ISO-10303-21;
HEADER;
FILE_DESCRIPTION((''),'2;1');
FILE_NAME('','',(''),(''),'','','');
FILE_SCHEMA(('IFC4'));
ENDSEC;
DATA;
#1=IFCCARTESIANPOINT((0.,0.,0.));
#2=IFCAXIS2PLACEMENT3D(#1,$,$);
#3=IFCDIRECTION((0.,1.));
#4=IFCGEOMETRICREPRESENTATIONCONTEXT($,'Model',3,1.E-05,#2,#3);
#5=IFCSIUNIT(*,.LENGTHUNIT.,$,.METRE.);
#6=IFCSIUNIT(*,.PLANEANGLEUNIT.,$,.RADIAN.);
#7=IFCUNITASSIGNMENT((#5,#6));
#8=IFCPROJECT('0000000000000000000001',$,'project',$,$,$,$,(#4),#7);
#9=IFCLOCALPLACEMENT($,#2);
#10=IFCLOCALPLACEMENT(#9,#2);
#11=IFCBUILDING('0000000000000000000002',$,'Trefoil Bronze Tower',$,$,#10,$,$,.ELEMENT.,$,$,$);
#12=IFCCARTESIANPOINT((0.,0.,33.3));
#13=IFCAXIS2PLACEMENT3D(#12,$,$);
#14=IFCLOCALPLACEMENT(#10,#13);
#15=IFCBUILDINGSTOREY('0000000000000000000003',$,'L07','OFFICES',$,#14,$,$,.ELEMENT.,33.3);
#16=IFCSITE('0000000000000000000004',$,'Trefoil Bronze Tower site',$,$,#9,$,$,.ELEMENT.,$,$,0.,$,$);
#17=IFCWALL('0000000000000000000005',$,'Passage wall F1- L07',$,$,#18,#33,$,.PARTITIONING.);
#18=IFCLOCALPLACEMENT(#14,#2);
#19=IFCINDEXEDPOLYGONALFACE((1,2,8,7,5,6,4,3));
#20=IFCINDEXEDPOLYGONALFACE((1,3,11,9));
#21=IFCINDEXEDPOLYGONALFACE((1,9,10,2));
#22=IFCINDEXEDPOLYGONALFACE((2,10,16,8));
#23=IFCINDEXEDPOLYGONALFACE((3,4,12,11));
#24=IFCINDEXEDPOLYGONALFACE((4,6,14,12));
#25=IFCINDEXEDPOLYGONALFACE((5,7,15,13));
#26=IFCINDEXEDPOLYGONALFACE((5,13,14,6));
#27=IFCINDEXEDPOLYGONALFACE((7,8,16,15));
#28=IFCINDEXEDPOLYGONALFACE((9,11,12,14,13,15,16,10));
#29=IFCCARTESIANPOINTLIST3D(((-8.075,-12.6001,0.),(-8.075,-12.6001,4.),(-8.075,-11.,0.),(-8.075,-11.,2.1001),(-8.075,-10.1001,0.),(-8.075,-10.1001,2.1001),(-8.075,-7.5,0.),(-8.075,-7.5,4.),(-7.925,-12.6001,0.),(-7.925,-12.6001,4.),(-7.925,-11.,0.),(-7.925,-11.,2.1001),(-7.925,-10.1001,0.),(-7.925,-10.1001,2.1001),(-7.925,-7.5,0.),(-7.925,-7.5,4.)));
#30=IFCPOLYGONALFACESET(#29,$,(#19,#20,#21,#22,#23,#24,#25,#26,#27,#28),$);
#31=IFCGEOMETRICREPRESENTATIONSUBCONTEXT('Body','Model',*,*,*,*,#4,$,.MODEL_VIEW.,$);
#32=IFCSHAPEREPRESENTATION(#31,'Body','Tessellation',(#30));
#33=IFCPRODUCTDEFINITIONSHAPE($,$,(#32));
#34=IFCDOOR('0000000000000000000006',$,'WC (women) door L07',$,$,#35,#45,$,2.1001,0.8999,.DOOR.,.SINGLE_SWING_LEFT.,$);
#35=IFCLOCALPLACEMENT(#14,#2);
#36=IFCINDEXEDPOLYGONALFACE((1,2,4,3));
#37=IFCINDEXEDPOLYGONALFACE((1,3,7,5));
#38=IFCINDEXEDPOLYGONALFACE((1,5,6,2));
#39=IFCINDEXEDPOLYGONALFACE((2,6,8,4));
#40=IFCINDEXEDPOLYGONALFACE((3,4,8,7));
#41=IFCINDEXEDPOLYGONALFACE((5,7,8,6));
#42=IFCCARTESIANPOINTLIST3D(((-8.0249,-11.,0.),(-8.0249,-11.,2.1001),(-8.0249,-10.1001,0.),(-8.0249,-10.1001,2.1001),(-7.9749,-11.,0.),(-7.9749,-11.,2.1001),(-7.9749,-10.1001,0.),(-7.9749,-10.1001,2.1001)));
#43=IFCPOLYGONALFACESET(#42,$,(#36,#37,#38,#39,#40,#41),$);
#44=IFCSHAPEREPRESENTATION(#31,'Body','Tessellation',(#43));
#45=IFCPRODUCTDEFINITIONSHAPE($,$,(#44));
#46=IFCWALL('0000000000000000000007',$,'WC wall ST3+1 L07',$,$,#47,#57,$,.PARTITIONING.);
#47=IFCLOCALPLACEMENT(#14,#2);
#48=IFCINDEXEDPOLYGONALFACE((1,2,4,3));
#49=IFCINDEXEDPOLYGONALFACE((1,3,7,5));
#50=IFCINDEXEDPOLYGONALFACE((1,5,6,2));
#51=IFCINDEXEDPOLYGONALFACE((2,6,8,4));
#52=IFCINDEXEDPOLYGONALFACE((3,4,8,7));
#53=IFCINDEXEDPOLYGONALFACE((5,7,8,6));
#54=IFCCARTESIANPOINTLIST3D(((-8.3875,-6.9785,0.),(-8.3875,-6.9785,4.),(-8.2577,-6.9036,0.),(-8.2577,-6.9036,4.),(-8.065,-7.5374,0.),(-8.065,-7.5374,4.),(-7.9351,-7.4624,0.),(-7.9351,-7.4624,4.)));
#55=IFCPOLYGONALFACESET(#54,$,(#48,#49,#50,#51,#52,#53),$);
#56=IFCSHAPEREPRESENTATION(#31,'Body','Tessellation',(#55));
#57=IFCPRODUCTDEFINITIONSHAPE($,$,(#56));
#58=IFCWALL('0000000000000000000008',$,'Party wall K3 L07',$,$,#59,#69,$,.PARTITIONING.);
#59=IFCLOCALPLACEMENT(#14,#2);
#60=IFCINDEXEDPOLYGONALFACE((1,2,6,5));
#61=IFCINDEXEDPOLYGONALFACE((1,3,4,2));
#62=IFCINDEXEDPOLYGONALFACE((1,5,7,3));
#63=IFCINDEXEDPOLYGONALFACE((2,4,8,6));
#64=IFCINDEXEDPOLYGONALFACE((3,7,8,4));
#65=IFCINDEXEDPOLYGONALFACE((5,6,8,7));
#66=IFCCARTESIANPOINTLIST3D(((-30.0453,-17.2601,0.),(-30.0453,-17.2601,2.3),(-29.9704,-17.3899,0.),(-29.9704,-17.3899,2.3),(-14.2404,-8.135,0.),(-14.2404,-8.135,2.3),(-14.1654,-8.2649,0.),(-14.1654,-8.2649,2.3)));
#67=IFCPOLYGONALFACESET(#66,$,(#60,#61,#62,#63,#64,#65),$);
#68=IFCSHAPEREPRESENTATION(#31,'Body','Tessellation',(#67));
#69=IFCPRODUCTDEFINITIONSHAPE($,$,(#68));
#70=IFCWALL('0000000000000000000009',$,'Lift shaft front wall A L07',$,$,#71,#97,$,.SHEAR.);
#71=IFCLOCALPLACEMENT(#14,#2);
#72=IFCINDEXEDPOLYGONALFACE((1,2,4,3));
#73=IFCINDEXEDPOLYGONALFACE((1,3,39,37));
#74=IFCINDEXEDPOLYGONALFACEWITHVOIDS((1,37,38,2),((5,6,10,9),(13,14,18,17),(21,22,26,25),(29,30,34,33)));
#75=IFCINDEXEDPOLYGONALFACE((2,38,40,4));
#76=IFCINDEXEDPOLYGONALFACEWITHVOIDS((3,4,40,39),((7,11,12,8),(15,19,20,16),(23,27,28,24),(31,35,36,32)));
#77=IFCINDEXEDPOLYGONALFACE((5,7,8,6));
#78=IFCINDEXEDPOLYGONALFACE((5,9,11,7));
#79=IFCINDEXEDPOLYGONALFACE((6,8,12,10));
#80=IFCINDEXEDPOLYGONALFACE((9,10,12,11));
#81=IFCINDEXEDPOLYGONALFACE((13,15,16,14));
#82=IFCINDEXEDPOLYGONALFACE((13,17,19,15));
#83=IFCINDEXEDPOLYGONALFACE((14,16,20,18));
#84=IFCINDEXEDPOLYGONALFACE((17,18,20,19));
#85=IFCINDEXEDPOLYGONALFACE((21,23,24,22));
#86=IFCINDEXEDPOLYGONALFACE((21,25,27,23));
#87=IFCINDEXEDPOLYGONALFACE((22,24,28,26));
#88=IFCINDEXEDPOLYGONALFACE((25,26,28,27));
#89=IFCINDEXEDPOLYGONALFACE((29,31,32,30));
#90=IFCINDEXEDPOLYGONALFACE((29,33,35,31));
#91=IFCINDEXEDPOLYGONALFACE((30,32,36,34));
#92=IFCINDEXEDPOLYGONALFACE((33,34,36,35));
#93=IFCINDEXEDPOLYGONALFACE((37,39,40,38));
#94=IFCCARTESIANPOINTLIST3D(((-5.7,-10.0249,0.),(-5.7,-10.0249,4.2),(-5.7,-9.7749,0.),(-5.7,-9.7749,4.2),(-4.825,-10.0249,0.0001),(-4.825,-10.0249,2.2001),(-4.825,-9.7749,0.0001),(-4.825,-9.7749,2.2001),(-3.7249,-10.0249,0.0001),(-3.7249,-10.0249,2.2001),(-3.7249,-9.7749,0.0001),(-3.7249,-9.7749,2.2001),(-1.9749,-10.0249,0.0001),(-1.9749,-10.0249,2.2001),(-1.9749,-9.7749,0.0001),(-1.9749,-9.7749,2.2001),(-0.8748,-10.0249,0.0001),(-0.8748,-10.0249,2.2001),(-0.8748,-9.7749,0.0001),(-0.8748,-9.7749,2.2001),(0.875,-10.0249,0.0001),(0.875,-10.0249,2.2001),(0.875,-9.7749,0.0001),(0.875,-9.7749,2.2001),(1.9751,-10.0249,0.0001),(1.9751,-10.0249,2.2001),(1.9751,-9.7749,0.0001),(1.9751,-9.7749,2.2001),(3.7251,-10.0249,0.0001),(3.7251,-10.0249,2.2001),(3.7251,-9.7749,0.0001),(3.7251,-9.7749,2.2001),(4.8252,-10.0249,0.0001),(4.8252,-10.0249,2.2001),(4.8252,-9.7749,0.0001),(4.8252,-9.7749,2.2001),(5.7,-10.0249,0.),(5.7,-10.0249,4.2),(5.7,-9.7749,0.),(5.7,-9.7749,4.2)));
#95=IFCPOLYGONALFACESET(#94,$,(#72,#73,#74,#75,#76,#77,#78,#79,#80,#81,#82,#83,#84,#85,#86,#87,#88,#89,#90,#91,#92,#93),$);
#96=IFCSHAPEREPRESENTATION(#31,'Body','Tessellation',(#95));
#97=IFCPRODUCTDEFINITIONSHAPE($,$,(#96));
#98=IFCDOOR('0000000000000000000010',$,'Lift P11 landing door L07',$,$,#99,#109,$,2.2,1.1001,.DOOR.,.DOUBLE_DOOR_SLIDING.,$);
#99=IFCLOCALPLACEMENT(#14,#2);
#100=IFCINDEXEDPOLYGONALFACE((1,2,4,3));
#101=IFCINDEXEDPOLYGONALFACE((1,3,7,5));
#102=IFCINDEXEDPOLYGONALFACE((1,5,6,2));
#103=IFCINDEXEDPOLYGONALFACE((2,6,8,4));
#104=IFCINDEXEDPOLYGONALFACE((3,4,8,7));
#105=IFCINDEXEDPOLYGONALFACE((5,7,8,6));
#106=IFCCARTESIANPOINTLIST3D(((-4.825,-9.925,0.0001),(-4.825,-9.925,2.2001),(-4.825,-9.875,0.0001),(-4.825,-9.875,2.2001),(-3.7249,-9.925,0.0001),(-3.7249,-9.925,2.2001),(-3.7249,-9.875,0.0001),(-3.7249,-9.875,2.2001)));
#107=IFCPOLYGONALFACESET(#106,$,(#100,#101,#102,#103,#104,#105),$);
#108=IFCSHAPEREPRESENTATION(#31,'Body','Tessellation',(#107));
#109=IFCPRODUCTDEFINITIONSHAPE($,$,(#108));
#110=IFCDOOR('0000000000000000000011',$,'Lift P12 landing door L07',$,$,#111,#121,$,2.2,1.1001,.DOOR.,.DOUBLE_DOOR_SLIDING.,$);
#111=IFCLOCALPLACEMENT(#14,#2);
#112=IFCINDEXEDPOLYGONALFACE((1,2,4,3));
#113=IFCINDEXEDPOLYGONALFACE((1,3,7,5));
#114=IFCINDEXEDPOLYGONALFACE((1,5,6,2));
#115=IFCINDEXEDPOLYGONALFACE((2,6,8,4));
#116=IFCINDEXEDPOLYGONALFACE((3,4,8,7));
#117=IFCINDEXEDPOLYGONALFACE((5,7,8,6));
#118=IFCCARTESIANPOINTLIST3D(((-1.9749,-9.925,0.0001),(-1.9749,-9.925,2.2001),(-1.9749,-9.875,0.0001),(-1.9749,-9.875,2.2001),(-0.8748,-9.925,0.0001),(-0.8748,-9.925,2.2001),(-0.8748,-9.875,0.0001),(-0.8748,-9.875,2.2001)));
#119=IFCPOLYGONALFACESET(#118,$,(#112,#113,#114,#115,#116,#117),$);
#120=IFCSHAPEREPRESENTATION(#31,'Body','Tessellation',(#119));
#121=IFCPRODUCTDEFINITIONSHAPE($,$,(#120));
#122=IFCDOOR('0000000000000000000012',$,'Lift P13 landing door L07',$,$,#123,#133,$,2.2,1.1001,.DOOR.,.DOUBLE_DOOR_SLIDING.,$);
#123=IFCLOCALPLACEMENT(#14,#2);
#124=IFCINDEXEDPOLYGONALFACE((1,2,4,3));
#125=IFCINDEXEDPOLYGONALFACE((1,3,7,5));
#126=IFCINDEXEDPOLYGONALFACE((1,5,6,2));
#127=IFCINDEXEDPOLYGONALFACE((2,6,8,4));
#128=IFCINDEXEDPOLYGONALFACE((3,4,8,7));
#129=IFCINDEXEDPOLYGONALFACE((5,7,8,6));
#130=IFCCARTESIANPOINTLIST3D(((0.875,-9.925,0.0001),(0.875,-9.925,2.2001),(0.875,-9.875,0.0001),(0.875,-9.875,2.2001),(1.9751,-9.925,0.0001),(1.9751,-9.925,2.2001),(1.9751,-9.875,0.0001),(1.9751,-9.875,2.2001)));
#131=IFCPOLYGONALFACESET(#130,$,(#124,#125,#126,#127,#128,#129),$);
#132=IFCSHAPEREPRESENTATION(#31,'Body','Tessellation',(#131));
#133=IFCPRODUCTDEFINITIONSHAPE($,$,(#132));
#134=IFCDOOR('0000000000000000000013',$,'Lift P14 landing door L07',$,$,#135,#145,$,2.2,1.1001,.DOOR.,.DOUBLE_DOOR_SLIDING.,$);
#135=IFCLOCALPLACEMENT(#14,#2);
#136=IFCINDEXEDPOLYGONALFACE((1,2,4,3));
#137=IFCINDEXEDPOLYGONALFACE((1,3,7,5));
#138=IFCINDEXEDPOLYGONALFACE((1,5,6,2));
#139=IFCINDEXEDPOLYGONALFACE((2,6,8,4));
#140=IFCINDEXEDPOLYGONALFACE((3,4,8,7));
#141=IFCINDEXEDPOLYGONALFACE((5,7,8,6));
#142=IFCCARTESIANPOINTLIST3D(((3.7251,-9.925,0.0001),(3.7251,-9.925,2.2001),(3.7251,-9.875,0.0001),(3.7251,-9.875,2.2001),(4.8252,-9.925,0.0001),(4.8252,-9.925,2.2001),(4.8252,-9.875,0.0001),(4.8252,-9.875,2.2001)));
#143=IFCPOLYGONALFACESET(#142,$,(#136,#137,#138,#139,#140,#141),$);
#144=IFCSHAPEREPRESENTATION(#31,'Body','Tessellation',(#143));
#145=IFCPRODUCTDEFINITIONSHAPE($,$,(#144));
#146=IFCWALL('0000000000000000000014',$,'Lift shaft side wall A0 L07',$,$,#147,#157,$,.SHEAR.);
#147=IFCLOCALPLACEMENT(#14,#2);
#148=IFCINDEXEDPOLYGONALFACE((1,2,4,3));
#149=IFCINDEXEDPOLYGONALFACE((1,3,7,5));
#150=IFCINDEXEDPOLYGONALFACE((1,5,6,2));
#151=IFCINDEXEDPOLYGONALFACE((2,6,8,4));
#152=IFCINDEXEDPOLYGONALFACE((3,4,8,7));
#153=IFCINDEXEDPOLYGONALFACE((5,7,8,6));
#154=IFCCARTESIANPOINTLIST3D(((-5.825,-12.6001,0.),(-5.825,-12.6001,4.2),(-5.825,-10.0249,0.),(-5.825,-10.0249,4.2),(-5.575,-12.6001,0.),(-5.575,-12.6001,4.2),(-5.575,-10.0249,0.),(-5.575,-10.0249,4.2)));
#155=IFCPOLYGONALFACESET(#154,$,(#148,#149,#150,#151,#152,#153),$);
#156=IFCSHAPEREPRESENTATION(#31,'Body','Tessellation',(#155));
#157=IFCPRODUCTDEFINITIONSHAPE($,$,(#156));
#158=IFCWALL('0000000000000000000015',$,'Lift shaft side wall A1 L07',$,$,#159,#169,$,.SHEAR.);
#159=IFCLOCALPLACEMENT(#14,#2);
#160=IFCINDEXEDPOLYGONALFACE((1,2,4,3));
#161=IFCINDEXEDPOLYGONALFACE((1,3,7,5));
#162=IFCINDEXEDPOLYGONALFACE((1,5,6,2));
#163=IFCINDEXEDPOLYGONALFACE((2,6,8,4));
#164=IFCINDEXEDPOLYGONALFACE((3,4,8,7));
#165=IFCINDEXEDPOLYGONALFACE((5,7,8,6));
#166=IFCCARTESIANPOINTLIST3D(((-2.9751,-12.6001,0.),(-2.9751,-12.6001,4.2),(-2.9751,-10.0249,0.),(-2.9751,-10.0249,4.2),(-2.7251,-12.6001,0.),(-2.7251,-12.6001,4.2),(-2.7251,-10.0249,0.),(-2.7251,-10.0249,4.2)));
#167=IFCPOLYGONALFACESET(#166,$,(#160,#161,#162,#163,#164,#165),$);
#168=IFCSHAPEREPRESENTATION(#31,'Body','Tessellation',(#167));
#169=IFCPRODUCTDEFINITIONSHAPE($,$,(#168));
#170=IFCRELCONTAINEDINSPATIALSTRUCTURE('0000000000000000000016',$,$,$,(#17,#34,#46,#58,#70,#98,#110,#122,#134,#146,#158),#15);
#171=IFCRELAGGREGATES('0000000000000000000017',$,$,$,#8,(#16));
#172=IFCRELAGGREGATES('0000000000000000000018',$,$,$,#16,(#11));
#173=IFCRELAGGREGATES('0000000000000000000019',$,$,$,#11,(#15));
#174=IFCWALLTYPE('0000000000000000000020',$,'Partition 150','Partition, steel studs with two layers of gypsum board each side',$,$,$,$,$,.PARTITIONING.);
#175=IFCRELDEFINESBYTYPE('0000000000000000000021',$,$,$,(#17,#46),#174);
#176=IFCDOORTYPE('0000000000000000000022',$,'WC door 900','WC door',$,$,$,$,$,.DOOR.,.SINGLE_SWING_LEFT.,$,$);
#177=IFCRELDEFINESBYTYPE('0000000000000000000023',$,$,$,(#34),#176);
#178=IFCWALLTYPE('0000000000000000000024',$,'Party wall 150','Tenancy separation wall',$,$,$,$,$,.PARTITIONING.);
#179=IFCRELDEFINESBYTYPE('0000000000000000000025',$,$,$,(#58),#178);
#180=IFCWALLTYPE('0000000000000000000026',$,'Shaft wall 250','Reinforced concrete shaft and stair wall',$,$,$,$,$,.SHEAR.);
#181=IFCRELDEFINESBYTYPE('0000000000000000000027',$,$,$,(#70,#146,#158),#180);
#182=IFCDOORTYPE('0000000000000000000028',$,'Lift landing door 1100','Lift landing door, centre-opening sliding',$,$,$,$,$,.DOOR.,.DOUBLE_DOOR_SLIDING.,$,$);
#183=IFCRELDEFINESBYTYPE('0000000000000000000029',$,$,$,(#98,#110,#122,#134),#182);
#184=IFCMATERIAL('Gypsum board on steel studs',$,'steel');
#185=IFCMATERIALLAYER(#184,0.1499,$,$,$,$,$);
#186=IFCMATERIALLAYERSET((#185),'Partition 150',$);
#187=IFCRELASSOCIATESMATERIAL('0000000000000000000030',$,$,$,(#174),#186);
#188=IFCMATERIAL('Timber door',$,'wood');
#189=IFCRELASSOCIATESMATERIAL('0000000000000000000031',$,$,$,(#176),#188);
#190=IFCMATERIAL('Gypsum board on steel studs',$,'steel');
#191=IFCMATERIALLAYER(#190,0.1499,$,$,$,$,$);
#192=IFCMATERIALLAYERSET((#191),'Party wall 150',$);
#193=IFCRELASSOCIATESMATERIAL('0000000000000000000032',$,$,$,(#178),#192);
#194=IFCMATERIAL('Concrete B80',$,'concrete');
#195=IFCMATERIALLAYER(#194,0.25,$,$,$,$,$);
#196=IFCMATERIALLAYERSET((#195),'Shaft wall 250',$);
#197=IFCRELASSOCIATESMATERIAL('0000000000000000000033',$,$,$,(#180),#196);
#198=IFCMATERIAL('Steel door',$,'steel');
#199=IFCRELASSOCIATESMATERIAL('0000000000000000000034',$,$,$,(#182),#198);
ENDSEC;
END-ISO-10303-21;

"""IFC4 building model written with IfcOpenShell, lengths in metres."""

from ifc_helpers import new_model, si_unit, direction, frame, frame_2d, origin, place, context, subcontext, project, spatial, rectangle, extrude, material, layer, layer_set, type_object, element, fill, save


model = new_model("IFC4")

# Units and contexts
model_context = context("Model", 3, precision=1e-05, world=origin(), true_north=direction((0.0, 1.0)))
body_context = subcontext(model_context, "Body", "Model", "MODEL_VIEW")
ifc_project = project(units=[si_unit("LENGTHUNIT", "METRE"), si_unit("PLANEANGLEUNIT", "RADIAN")], contexts=[model_context])

# Site, building, storey
site_placement = place(None, origin())
site = spatial("IfcSite", under=ifc_project, at=site_placement, Name="Trefoil Bronze Tower site", CompositionType="ELEMENT", RefElevation=0.0)
building_placement = place(site_placement, origin())
building = spatial("IfcBuilding", under=site, at=building_placement, Name="Trefoil Bronze Tower", CompositionType="ELEMENT")
storey_placement = place(building_placement, frame((0.0, 0.0, 33.3)))
storey = spatial("IfcBuildingStorey", under=building, at=storey_placement, Name="L07", Description="OFFICES", CompositionType="ELEMENT", Elevation=33.3)

# Wall, opening, door
ifc_material_1 = material(Name="Gypsum board on steel studs", Category="steel")
ifc_layer_1 = layer(ifc_material_1, 0.1499)
ifc_layer_set_1 = layer_set([ifc_layer_1], Name="Partition 150")
wall_type_1 = type_object("IfcWallType", Name="Partition 150", Description="Partition, steel studs with two layers of gypsum board each side", PredefinedType="PARTITIONING", material=ifc_layer_set_1)
wall_1_placement = place(storey_placement, frame((-8.0, -7.5, 0.0), z_axis=(0.0, 0.0, 1.0), x_axis=(0.0, -1.0, 0.0)))
wall_1 = element("IfcWall", 1, at=wall_1_placement, inside=storey, type_object=wall_type_1, Name="Passage wall F1- L07", PredefinedType="PARTITIONING", context=body_context, shape_type="SweptSolid", body=[
    extrude(rectangle(XDim=5.1001, YDim=0.1499, at=frame_2d((2.55, 0.0))), origin(), (0.0, 0.0, 1.0), 4.0),
])
opening_1_placement = place(wall_1_placement, frame((2.6001, 0.0, 0.0)))
opening_1 = element("IfcOpeningElement", 2, at=opening_1_placement, cuts=wall_1, PredefinedType="OPENING", context=body_context, shape_type="SweptSolid", body=[
    extrude(rectangle(XDim=0.8999, YDim=2.1001, at=frame_2d((0.45, 1.05))), frame((0.0, 0.085, 0.0), z_axis=(0.0, -1.0, 0.0), x_axis=(1.0, 0.0, 0.0)), (0.0, 0.0, 1.0), 0.1699),
])
ifc_material_2 = material(Name="Timber door", Category="wood")
door_type_1 = type_object("IfcDoorType", Name="WC door 900", Description="WC door", OperationType="SINGLE_SWING_LEFT", PredefinedType="DOOR", material=ifc_material_2)
door_1_placement = place(opening_1_placement, frame((0.8999, 0.0, 0.0), z_axis=(0.0, 0.0, 1.0), x_axis=(-1.0, 0.0, 0.0)))
door_1 = element("IfcDoor", 3, at=door_1_placement, inside=storey, type_object=door_type_1, Name="WC (women) door L07", OperationType="SINGLE_SWING_LEFT", OverallHeight=2.1001, OverallWidth=0.8999, PredefinedType="DOOR", context=body_context, shape_type="SweptSolid", body=[
    extrude(rectangle(XDim=0.8999, YDim=2.1001, at=frame_2d((0.45, 1.05))), frame((0.0, 0.0249, 0.0), z_axis=(0.0, -1.0, 0.0), x_axis=(1.0, 0.0, 0.0)), (0.0, 0.0, 1.0), 0.05),
])
fill(opening_1, door_1)

# Walls
wall_2_placement = place(storey_placement, frame((-8.0, -7.5, 0.0), z_axis=(0.0, 0.0, 1.0), x_axis=(-0.499843, 0.866116, 0.0)))
element("IfcWall", 4, at=wall_2_placement, inside=storey, type_object=wall_type_1, Name="WC wall ST3+1 L07", PredefinedType="PARTITIONING", context=body_context, shape_type="SweptSolid", body=[
    extrude(rectangle(XDim=0.6453, YDim=0.1499, at=frame_2d((0.3228, 0.0))), origin(), (0.0, 0.0, 1.0), 4.0),
])
ifc_material_3 = material(Name="Gypsum board on steel studs", Category="steel")
ifc_layer_2 = layer(ifc_material_3, 0.1499)
ifc_layer_set_2 = layer_set([ifc_layer_2], Name="Party wall 150")
wall_type_2 = type_object("IfcWallType", Name="Party wall 150", Description="Tenancy separation wall", PredefinedType="PARTITIONING", material=ifc_layer_set_2)
wall_3_placement = place(storey_placement, frame((-14.2029, -8.2, 0.0), z_axis=(0.0, 0.0, 1.0), x_axis=(-0.866025, -0.500001, 0.0)))
element("IfcWall", 5, at=wall_3_placement, inside=storey, type_object=wall_type_2, Name="Party wall K3 L07", PredefinedType="PARTITIONING", context=body_context, shape_type="SweptSolid", body=[
    extrude(rectangle(XDim=18.25, YDim=0.1499, at=frame_2d((9.125, 0.0))), origin(), (0.0, 0.0, 1.0), 2.3),
])

# Wall, openings, doors
ifc_material_4 = material(Name="Concrete B80", Category="concrete")
ifc_layer_3 = layer(ifc_material_4, 0.25)
ifc_layer_set_3 = layer_set([ifc_layer_3], Name="Shaft wall 250")
wall_type_3 = type_object("IfcWallType", Name="Shaft wall 250", Description="Reinforced concrete shaft and stair wall", PredefinedType="SHEAR", material=ifc_layer_set_3)
wall_4_placement = place(storey_placement, frame((-5.7, -9.8999, 0.0), z_axis=(0.0, 0.0, 1.0), x_axis=(1.0, 0.0, 0.0)))
wall_4 = element("IfcWall", 6, at=wall_4_placement, inside=storey, type_object=wall_type_3, Name="Lift shaft front wall A L07", PredefinedType="SHEAR", context=body_context, shape_type="SweptSolid", body=[
    extrude(rectangle(XDim=11.3999, YDim=0.25, at=frame_2d((5.7, 0.0))), origin(), (0.0, 0.0, 1.0), 4.2),
])
opening_2_placement = place(wall_4_placement, frame((0.875, 0.0, 0.0)))
opening_2 = element("IfcOpeningElement", 7, at=opening_2_placement, cuts=wall_4, PredefinedType="OPENING", context=body_context, shape_type="SweptSolid", body=[
    extrude(rectangle(XDim=1.1001, YDim=2.2, at=frame_2d((0.55, 1.1001))), frame((0.0, 0.135, 0.0), z_axis=(0.0, -1.0, 0.0), x_axis=(1.0, 0.0, 0.0)), (0.0, 0.0, 1.0), 0.27),
])
opening_3_placement = place(wall_4_placement, frame((3.7251, 0.0, 0.0)))
opening_3 = element("IfcOpeningElement", 8, at=opening_3_placement, cuts=wall_4, PredefinedType="OPENING", context=body_context, shape_type="SweptSolid", body=[
    extrude(rectangle(XDim=1.1001, YDim=2.2, at=frame_2d((0.55, 1.1001))), frame((0.0, 0.135, 0.0), z_axis=(0.0, -1.0, 0.0), x_axis=(1.0, 0.0, 0.0)), (0.0, 0.0, 1.0), 0.27),
])
opening_4_placement = place(wall_4_placement, frame((6.575, 0.0, 0.0)))
opening_4 = element("IfcOpeningElement", 9, at=opening_4_placement, cuts=wall_4, PredefinedType="OPENING", context=body_context, shape_type="SweptSolid", body=[
    extrude(rectangle(XDim=1.1001, YDim=2.2, at=frame_2d((0.55, 1.1001))), frame((0.0, 0.135, 0.0), z_axis=(0.0, -1.0, 0.0), x_axis=(1.0, 0.0, 0.0)), (0.0, 0.0, 1.0), 0.27),
])
opening_5_placement = place(wall_4_placement, frame((9.425, 0.0, 0.0)))
opening_5 = element("IfcOpeningElement", 10, at=opening_5_placement, cuts=wall_4, PredefinedType="OPENING", context=body_context, shape_type="SweptSolid", body=[
    extrude(rectangle(XDim=1.1001, YDim=2.2, at=frame_2d((0.55, 1.1001))), frame((0.0, 0.135, 0.0), z_axis=(0.0, -1.0, 0.0), x_axis=(1.0, 0.0, 0.0)), (0.0, 0.0, 1.0), 0.27),
])
ifc_material_5 = material(Name="Steel door", Category="steel")
door_type_2 = type_object("IfcDoorType", Name="Lift landing door 1100", Description="Lift landing door, centre-opening sliding", OperationType="DOUBLE_DOOR_SLIDING", PredefinedType="DOOR", material=ifc_material_5)
door_2_placement = place(opening_2_placement, origin())
door_2 = element("IfcDoor", 11, at=door_2_placement, inside=storey, type_object=door_type_2, Name="Lift P11 landing door L07", OperationType="DOUBLE_DOOR_SLIDING", OverallHeight=2.2, OverallWidth=1.1001, PredefinedType="DOOR", context=body_context, shape_type="SweptSolid", body=[
    extrude(rectangle(XDim=1.1001, YDim=2.2, at=frame_2d((0.55, 1.1001))), frame((0.0, 0.0249, 0.0), z_axis=(0.0, -1.0, 0.0), x_axis=(1.0, 0.0, 0.0)), (0.0, 0.0, 1.0), 0.05),
])
fill(opening_2, door_2)
door_3_placement = place(opening_3_placement, origin())
door_3 = element("IfcDoor", 12, at=door_3_placement, inside=storey, type_object=door_type_2, Name="Lift P12 landing door L07", OperationType="DOUBLE_DOOR_SLIDING", OverallHeight=2.2, OverallWidth=1.1001, PredefinedType="DOOR", context=body_context, shape_type="SweptSolid", body=[
    extrude(rectangle(XDim=1.1001, YDim=2.2, at=frame_2d((0.55, 1.1001))), frame((0.0, 0.0249, 0.0), z_axis=(0.0, -1.0, 0.0), x_axis=(1.0, 0.0, 0.0)), (0.0, 0.0, 1.0), 0.05),
])
fill(opening_3, door_3)
door_4_placement = place(opening_4_placement, origin())
door_4 = element("IfcDoor", 13, at=door_4_placement, inside=storey, type_object=door_type_2, Name="Lift P13 landing door L07", OperationType="DOUBLE_DOOR_SLIDING", OverallHeight=2.2, OverallWidth=1.1001, PredefinedType="DOOR", context=body_context, shape_type="SweptSolid", body=[
    extrude(rectangle(XDim=1.1001, YDim=2.2, at=frame_2d((0.55, 1.1001))), frame((0.0, 0.0249, 0.0), z_axis=(0.0, -1.0, 0.0), x_axis=(1.0, 0.0, 0.0)), (0.0, 0.0, 1.0), 0.05),
])
fill(opening_4, door_4)
door_5_placement = place(opening_5_placement, origin())
door_5 = element("IfcDoor", 14, at=door_5_placement, inside=storey, type_object=door_type_2, Name="Lift P14 landing door L07", OperationType="DOUBLE_DOOR_SLIDING", OverallHeight=2.2, OverallWidth=1.1001, PredefinedType="DOOR", context=body_context, shape_type="SweptSolid", body=[
    extrude(rectangle(XDim=1.1001, YDim=2.2, at=frame_2d((0.55, 1.1001))), frame((0.0, 0.0249, 0.0), z_axis=(0.0, -1.0, 0.0), x_axis=(1.0, 0.0, 0.0)), (0.0, 0.0, 1.0), 0.05),
])
fill(opening_5, door_5)

# Walls
for number, where, z_axis, x_axis, name in (
    (15, (-5.7, -10.0249, 0.0), (0.0, 0.0, 1.0), (0.0, -1.0, 0.0), "Lift shaft side wall A0 L07"),
    (16, (-2.8501, -10.0249, 0.0), (0.0, 0.0, 1.0), (0.0, -1.0, 0.0), "Lift shaft side wall A1 L07"),
):
    element("IfcWall", number, at=place(storey_placement, frame(where, z_axis=z_axis, x_axis=x_axis)), inside=storey, type_object=wall_type_3, Name=name, PredefinedType="SHEAR", context=body_context, shape_type="SweptSolid", body=[
        extrude(rectangle(XDim=2.5752, YDim=0.25, at=frame_2d((1.2876, 0.0))), origin(), (0.0, 0.0, 1.0), 4.2),
    ])

save(model, "model.ifc")
